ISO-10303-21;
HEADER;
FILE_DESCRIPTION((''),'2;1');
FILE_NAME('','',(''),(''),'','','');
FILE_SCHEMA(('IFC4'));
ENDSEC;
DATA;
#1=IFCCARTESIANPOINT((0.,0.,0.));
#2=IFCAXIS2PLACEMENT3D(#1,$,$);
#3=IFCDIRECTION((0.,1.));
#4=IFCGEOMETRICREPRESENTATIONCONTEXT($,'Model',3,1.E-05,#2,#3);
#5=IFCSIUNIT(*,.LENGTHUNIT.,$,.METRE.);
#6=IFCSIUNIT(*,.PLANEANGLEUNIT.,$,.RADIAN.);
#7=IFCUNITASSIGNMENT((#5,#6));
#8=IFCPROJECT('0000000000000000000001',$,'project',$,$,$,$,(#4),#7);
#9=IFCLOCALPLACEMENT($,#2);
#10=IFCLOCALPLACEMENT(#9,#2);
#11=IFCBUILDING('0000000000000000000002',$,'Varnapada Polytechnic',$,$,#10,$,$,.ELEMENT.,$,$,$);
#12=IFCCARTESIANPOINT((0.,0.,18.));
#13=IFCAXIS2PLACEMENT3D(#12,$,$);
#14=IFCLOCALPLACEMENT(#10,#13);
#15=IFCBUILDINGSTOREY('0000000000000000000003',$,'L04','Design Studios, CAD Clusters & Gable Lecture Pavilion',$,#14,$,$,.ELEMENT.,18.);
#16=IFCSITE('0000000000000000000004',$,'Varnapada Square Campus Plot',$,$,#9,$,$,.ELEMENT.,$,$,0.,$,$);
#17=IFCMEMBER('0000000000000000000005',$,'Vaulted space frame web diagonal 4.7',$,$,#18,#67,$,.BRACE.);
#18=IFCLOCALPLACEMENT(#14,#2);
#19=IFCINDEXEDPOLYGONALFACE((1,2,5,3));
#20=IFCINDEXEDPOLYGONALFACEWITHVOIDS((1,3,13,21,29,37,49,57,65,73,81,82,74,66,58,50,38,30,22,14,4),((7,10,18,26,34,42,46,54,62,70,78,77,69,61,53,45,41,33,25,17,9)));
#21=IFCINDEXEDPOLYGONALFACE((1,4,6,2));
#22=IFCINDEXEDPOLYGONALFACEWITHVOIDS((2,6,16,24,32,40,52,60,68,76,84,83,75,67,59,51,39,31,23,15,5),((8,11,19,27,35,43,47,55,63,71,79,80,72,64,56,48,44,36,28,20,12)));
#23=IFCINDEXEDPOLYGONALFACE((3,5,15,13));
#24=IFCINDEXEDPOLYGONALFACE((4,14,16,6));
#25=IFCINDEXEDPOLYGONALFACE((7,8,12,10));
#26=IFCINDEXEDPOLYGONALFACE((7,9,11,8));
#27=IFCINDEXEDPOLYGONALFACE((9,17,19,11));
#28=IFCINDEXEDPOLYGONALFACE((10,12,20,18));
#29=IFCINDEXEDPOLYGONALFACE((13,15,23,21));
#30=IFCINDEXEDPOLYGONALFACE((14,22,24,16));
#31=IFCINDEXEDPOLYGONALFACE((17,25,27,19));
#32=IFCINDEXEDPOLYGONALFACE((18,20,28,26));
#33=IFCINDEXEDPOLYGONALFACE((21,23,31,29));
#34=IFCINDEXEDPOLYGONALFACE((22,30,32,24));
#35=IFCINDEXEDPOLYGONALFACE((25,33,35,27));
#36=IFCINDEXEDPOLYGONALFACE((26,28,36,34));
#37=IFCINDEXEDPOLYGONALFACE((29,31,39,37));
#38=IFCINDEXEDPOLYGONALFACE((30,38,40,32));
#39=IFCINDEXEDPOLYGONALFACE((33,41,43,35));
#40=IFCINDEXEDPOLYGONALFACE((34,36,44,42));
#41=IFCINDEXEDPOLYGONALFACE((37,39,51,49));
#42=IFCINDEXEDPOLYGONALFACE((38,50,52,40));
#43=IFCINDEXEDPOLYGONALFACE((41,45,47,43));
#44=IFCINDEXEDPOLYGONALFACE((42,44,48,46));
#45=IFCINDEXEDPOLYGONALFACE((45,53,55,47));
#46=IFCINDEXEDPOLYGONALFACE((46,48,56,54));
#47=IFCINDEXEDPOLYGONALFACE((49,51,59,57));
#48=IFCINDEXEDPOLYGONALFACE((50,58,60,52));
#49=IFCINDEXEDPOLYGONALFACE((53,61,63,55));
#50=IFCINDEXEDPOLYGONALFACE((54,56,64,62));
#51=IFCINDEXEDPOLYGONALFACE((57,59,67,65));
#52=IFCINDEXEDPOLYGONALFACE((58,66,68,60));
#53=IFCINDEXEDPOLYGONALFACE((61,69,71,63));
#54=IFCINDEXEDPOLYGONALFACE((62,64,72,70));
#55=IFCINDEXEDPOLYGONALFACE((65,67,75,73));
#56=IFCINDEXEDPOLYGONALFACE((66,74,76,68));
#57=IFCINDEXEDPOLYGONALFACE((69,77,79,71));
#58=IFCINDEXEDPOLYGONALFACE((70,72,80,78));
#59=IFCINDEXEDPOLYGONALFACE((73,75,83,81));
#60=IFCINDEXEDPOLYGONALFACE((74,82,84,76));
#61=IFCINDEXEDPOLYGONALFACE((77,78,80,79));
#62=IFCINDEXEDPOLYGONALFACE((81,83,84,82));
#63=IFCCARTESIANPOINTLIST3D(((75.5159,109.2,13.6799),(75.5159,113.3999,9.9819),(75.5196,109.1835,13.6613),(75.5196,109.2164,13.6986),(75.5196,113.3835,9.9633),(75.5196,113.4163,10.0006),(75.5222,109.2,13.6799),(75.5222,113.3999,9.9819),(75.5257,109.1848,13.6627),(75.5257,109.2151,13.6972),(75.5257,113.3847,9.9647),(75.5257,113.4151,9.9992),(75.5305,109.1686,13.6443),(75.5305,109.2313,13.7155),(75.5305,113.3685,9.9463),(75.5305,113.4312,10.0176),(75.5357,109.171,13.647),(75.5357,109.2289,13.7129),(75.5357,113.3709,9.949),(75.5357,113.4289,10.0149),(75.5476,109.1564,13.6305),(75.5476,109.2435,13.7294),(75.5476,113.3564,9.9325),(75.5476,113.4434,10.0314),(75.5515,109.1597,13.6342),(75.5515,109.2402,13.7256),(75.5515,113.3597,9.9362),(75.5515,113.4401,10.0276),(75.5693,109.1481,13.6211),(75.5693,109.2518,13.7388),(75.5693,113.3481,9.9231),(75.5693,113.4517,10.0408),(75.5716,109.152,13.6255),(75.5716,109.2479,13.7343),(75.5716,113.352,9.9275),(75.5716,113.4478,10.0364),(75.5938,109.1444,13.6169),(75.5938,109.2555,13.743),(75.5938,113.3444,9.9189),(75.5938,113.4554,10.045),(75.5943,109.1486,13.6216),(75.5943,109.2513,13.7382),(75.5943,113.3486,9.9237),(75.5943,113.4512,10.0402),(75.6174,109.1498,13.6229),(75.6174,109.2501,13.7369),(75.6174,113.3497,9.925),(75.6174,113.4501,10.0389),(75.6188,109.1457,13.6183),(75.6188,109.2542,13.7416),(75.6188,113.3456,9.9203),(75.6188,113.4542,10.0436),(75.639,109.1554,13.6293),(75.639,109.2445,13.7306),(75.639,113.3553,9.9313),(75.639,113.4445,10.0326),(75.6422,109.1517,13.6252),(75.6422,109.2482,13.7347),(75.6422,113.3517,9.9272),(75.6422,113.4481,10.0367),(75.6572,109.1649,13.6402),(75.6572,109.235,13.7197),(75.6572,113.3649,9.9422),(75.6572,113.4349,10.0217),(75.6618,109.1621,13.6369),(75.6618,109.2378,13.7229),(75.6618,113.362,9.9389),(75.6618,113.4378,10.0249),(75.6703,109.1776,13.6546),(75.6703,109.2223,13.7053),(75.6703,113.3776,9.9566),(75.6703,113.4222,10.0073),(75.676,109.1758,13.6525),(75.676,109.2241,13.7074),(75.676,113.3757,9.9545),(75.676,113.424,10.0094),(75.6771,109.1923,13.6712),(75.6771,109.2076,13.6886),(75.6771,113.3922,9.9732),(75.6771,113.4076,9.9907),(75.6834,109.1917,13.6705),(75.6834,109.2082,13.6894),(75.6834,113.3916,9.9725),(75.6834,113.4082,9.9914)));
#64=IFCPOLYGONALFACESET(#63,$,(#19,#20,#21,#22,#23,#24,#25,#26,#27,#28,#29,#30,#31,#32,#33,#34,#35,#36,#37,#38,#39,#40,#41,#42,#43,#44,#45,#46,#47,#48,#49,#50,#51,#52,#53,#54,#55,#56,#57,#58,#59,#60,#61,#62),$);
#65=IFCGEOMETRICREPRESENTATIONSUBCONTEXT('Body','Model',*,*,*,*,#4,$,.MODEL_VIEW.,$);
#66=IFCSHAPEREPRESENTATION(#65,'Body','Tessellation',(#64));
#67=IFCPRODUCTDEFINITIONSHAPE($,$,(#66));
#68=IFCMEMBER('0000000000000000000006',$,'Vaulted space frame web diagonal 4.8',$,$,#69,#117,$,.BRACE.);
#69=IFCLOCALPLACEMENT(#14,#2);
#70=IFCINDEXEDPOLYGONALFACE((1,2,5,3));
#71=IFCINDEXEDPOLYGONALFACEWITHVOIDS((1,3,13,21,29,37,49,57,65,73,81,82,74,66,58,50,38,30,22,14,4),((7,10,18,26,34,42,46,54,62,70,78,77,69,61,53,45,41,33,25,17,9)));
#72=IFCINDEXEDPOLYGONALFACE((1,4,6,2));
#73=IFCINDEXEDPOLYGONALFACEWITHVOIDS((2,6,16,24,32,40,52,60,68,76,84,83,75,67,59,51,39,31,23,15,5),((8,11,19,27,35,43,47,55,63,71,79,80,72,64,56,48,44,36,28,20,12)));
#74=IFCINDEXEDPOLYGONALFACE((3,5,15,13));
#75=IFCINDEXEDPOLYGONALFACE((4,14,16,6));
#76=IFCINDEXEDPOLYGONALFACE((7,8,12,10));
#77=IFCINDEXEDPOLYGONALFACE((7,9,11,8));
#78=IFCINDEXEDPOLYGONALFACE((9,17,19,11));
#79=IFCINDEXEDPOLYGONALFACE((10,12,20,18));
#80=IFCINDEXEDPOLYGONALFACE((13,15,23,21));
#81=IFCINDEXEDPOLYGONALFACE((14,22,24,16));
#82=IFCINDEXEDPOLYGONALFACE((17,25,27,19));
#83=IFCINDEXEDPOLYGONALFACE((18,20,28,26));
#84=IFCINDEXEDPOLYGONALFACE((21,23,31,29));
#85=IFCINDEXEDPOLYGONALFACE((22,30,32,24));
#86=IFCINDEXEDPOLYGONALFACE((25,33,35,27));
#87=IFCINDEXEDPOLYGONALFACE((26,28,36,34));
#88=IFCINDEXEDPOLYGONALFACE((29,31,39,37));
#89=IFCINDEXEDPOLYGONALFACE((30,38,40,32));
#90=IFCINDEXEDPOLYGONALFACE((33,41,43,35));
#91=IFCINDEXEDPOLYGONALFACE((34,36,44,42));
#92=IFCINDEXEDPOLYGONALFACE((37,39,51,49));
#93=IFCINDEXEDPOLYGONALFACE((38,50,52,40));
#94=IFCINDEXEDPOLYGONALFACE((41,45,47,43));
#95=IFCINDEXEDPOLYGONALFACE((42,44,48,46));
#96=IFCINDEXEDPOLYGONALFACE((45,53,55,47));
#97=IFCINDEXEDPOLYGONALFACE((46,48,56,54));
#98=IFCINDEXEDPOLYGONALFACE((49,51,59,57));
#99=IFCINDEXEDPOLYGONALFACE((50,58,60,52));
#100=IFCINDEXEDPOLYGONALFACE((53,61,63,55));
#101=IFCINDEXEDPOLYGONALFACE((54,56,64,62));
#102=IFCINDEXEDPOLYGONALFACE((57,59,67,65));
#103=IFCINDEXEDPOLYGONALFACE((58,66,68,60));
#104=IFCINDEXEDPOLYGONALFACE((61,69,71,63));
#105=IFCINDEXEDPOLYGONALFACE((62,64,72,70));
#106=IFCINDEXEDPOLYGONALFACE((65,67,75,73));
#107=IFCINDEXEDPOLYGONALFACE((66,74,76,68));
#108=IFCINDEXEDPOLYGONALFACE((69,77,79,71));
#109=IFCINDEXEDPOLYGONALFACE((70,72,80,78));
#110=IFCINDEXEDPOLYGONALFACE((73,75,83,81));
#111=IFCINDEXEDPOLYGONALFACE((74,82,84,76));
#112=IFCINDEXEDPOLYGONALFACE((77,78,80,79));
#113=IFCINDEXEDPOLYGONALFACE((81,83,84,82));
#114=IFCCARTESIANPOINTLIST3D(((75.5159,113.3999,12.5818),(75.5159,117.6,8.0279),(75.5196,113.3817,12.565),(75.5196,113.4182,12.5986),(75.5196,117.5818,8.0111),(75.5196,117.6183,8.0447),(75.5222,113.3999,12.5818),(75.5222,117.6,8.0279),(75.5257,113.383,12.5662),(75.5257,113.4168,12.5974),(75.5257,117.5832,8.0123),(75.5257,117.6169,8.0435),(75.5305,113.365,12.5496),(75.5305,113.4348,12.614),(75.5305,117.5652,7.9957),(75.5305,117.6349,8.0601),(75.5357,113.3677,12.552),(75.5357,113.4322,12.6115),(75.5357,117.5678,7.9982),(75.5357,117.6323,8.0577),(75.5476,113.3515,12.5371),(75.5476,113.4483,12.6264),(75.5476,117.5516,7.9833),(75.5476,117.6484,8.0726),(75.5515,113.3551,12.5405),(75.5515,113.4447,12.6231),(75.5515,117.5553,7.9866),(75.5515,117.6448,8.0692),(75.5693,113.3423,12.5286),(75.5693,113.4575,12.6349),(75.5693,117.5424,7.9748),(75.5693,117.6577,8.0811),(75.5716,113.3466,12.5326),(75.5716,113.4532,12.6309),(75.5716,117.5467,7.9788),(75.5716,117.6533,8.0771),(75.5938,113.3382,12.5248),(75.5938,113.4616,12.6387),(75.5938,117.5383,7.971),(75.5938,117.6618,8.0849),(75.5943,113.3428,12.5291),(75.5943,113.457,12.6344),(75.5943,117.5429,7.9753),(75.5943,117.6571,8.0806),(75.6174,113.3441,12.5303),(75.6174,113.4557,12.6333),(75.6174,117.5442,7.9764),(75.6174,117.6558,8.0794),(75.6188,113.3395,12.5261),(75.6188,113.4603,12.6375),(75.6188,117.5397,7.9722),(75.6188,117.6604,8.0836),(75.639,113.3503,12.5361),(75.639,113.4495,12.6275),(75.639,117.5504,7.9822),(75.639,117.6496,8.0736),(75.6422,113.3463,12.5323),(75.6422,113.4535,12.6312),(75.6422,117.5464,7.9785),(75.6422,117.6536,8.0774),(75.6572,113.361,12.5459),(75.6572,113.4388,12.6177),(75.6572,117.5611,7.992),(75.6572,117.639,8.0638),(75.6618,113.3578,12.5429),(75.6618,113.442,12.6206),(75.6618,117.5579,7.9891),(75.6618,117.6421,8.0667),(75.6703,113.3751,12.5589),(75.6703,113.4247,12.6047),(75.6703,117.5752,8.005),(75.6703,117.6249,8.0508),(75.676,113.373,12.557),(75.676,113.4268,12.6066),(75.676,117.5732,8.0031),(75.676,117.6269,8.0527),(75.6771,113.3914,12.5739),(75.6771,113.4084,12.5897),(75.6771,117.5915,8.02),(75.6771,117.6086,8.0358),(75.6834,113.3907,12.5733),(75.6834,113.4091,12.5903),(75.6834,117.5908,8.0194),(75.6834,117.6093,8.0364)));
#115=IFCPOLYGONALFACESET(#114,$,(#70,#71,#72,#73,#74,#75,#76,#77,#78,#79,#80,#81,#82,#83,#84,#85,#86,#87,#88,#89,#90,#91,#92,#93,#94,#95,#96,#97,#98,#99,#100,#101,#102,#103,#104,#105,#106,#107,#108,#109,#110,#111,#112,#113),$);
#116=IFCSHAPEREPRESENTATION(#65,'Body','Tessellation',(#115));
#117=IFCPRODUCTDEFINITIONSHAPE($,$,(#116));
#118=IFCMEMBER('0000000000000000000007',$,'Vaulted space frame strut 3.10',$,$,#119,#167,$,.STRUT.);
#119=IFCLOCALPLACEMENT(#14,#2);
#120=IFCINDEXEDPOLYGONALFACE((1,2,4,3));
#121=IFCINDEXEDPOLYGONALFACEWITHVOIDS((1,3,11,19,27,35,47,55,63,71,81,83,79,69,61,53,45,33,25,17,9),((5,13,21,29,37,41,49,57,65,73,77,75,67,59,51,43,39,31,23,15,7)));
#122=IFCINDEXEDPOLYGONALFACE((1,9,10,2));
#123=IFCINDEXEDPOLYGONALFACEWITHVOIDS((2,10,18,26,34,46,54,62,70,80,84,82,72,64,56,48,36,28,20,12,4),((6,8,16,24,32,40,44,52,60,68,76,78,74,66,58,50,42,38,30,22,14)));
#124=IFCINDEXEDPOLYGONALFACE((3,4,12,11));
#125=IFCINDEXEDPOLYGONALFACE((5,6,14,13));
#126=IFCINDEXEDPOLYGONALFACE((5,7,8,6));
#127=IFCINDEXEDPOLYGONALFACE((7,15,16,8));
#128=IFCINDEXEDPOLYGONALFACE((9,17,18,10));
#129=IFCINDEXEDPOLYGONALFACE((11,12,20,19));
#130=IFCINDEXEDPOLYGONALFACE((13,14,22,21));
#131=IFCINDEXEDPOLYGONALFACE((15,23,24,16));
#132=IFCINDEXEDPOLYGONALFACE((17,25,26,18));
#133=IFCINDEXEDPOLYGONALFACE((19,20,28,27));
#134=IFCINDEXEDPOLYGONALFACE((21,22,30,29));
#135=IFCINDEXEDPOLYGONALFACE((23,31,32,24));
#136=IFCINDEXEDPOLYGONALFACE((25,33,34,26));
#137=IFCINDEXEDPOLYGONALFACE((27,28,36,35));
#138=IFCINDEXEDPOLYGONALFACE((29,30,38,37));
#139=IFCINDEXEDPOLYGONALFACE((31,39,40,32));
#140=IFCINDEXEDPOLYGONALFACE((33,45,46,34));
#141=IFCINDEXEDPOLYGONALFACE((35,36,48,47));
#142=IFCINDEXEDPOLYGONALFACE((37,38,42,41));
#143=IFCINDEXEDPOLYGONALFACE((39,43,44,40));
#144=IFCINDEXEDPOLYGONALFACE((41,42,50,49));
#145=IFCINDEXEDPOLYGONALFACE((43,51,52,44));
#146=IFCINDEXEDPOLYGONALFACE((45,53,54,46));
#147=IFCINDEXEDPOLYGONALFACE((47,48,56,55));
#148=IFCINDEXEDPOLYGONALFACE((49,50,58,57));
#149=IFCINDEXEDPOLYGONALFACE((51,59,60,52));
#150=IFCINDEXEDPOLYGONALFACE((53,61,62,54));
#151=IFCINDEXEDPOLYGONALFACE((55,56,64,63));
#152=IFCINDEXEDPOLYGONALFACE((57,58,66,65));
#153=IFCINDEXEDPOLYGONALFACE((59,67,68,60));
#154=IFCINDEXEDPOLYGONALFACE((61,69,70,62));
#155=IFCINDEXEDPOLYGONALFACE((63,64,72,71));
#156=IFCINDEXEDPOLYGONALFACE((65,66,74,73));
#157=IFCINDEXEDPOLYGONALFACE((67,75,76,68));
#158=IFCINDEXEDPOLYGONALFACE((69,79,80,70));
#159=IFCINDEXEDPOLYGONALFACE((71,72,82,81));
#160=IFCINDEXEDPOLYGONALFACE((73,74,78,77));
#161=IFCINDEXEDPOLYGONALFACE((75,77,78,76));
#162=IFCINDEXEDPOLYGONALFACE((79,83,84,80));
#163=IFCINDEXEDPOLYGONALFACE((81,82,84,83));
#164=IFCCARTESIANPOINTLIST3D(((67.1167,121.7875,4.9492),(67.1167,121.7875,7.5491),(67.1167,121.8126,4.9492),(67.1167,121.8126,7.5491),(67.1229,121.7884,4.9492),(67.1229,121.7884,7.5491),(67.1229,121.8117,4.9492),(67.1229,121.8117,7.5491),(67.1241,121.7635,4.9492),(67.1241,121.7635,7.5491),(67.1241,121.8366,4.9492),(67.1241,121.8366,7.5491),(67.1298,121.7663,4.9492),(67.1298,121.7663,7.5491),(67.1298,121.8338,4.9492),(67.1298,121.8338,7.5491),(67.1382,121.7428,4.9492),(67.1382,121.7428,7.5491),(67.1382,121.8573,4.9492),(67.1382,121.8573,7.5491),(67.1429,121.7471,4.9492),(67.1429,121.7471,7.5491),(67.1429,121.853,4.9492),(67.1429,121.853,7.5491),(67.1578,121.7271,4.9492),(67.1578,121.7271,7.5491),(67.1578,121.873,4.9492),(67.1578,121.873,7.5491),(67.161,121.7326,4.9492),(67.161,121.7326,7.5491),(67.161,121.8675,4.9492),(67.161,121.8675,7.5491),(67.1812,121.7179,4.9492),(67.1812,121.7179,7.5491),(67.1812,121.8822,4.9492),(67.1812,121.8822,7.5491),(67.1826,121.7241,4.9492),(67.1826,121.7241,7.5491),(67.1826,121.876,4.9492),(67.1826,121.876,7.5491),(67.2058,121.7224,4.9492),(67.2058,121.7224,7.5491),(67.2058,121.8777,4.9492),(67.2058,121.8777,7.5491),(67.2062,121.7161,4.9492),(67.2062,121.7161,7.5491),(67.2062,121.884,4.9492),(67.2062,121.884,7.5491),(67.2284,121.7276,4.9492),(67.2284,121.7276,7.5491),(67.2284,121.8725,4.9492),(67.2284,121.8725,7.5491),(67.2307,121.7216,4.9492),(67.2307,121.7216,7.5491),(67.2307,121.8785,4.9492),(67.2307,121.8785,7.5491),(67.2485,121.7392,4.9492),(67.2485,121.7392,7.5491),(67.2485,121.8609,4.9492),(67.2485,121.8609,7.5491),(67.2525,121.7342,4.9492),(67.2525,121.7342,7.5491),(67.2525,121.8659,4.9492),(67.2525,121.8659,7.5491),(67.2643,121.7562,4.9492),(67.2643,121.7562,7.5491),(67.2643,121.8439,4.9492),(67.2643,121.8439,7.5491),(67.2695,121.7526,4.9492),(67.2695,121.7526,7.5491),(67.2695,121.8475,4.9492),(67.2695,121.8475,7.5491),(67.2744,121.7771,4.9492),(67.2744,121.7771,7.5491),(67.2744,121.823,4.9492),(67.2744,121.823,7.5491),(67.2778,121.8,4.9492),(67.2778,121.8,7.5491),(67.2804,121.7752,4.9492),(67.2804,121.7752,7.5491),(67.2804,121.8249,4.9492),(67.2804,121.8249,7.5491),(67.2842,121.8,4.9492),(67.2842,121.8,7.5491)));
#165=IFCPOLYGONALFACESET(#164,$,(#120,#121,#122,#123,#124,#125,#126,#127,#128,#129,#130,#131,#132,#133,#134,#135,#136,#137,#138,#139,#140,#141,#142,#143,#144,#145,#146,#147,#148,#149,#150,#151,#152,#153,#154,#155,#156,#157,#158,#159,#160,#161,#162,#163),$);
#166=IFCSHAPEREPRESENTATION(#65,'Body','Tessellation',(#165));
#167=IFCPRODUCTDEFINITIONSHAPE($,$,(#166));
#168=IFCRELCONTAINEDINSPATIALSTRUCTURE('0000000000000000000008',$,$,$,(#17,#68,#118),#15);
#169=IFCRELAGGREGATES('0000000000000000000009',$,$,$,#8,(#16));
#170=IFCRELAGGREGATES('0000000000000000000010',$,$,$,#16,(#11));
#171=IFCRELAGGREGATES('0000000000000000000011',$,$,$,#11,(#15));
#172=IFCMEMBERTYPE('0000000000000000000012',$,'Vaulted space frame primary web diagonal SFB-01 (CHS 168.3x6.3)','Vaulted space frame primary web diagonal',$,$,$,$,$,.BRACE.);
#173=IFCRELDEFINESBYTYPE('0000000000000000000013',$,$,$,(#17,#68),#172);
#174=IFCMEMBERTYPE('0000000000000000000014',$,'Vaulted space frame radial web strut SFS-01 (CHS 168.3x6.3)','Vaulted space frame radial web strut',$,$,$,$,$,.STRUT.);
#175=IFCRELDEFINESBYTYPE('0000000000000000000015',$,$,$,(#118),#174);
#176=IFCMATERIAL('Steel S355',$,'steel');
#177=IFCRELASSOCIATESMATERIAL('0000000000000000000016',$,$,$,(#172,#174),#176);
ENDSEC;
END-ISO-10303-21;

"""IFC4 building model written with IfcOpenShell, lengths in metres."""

from ifc_helpers import new_model, si_unit, direction, frame, origin, origin_2d, place, context, subcontext, project, spatial, hollow_circle, extrude, material, material_profile, profile_set, type_object, element, save


model = new_model("IFC4")

# Units and contexts
model_context = context("Model", 3, precision=1e-05, world=origin(), true_north=direction((0.0, 1.0)))
body_context = subcontext(model_context, "Body", "Model", "MODEL_VIEW")
ifc_project = project(units=[si_unit("LENGTHUNIT", "METRE"), si_unit("PLANEANGLEUNIT", "RADIAN")], contexts=[model_context])

# Site, building, storey
site_placement = place(None, origin())
site = spatial("IfcSite", under=ifc_project, at=site_placement, Name="Varnapada Square Campus Plot", CompositionType="ELEMENT", RefElevation=0.0)
building_placement = place(site_placement, origin())
building = spatial("IfcBuilding", under=site, at=building_placement, Name="Varnapada Polytechnic", CompositionType="ELEMENT")
storey_placement = place(building_placement, frame((0.0, 0.0, 18.0)))
storey = spatial("IfcBuildingStorey", under=building, at=storey_placement, Name="L04", Description="Design Studios, CAD Clusters & Gable Lecture Pavilion", CompositionType="ELEMENT", Elevation=18.0)

# Shared definitions
ifc_material = material(Name="Steel S355", Category="steel")

# Members
ifc_material_profile_1 = material_profile(ifc_material, hollow_circle(Radius=0.0842, WallThickness=0.0063, at=origin_2d()), Name="CHS 168.3x6.3")
ifc_profile_set_1 = profile_set([ifc_material_profile_1], Name="Steel S355")
member_type_1 = type_object("IfcMemberType", Name="Vaulted space frame primary web diagonal SFB-01 (CHS 168.3x6.3)", Description="Vaulted space frame primary web diagonal", PredefinedType="BRACE", material=ifc_profile_set_1)
member_1_placement = place(storey_placement, frame((75.6001, 109.2, 13.6799), z_axis=(0.0, 0.750533, -0.660833), x_axis=(-1.0, 0.0, 0.0)))
element("IfcMember", 1, at=member_1_placement, inside=storey, type_object=member_type_1, Name="Vaulted space frame web diagonal 4.7", PredefinedType="BRACE", context=body_context, shape_type="SweptSolid", body=[
    extrude(hollow_circle(Radius=0.0842, WallThickness=0.0063, at=origin_2d()), origin(), (0.0, 0.0, 1.0), 5.5959),
])
member_2_placement = place(storey_placement, frame((75.6001, 113.3999, 12.5818), z_axis=(0.0, 0.677979, -0.735081), x_axis=(-1.0, 0.0, 0.0)))
element("IfcMember", 2, at=member_2_placement, inside=storey, type_object=member_type_1, Name="Vaulted space frame web diagonal 4.8", PredefinedType="BRACE", context=body_context, shape_type="SweptSolid", body=[
    extrude(hollow_circle(Radius=0.0842, WallThickness=0.0063, at=origin_2d()), origin(), (0.0, 0.0, 1.0), 6.1951),
])
ifc_material_profile_2 = material_profile(ifc_material, hollow_circle(Radius=0.0842, WallThickness=0.0063, at=origin_2d()), Name="CHS 168.3x6.3")
ifc_profile_set_2 = profile_set([ifc_material_profile_2], Name="Steel S355")
member_type_2 = type_object("IfcMemberType", Name="Vaulted space frame radial web strut SFS-01 (CHS 168.3x6.3)", Description="Vaulted space frame radial web strut", PredefinedType="STRUT", material=ifc_profile_set_2)
member_3_placement = place(storey_placement, frame((67.2, 121.8, 4.9492), z_axis=(0.0, 0.0, 1.0), x_axis=(1.0, 0.0, 0.0)))
element("IfcMember", 3, at=member_3_placement, inside=storey, type_object=member_type_2, Name="Vaulted space frame strut 3.10", PredefinedType="STRUT", context=body_context, shape_type="SweptSolid", body=[
    extrude(hollow_circle(Radius=0.0842, WallThickness=0.0063, at=origin_2d()), origin(), (0.0, 0.0, 1.0), 2.5999),
])

save(model, "model.ifc")
